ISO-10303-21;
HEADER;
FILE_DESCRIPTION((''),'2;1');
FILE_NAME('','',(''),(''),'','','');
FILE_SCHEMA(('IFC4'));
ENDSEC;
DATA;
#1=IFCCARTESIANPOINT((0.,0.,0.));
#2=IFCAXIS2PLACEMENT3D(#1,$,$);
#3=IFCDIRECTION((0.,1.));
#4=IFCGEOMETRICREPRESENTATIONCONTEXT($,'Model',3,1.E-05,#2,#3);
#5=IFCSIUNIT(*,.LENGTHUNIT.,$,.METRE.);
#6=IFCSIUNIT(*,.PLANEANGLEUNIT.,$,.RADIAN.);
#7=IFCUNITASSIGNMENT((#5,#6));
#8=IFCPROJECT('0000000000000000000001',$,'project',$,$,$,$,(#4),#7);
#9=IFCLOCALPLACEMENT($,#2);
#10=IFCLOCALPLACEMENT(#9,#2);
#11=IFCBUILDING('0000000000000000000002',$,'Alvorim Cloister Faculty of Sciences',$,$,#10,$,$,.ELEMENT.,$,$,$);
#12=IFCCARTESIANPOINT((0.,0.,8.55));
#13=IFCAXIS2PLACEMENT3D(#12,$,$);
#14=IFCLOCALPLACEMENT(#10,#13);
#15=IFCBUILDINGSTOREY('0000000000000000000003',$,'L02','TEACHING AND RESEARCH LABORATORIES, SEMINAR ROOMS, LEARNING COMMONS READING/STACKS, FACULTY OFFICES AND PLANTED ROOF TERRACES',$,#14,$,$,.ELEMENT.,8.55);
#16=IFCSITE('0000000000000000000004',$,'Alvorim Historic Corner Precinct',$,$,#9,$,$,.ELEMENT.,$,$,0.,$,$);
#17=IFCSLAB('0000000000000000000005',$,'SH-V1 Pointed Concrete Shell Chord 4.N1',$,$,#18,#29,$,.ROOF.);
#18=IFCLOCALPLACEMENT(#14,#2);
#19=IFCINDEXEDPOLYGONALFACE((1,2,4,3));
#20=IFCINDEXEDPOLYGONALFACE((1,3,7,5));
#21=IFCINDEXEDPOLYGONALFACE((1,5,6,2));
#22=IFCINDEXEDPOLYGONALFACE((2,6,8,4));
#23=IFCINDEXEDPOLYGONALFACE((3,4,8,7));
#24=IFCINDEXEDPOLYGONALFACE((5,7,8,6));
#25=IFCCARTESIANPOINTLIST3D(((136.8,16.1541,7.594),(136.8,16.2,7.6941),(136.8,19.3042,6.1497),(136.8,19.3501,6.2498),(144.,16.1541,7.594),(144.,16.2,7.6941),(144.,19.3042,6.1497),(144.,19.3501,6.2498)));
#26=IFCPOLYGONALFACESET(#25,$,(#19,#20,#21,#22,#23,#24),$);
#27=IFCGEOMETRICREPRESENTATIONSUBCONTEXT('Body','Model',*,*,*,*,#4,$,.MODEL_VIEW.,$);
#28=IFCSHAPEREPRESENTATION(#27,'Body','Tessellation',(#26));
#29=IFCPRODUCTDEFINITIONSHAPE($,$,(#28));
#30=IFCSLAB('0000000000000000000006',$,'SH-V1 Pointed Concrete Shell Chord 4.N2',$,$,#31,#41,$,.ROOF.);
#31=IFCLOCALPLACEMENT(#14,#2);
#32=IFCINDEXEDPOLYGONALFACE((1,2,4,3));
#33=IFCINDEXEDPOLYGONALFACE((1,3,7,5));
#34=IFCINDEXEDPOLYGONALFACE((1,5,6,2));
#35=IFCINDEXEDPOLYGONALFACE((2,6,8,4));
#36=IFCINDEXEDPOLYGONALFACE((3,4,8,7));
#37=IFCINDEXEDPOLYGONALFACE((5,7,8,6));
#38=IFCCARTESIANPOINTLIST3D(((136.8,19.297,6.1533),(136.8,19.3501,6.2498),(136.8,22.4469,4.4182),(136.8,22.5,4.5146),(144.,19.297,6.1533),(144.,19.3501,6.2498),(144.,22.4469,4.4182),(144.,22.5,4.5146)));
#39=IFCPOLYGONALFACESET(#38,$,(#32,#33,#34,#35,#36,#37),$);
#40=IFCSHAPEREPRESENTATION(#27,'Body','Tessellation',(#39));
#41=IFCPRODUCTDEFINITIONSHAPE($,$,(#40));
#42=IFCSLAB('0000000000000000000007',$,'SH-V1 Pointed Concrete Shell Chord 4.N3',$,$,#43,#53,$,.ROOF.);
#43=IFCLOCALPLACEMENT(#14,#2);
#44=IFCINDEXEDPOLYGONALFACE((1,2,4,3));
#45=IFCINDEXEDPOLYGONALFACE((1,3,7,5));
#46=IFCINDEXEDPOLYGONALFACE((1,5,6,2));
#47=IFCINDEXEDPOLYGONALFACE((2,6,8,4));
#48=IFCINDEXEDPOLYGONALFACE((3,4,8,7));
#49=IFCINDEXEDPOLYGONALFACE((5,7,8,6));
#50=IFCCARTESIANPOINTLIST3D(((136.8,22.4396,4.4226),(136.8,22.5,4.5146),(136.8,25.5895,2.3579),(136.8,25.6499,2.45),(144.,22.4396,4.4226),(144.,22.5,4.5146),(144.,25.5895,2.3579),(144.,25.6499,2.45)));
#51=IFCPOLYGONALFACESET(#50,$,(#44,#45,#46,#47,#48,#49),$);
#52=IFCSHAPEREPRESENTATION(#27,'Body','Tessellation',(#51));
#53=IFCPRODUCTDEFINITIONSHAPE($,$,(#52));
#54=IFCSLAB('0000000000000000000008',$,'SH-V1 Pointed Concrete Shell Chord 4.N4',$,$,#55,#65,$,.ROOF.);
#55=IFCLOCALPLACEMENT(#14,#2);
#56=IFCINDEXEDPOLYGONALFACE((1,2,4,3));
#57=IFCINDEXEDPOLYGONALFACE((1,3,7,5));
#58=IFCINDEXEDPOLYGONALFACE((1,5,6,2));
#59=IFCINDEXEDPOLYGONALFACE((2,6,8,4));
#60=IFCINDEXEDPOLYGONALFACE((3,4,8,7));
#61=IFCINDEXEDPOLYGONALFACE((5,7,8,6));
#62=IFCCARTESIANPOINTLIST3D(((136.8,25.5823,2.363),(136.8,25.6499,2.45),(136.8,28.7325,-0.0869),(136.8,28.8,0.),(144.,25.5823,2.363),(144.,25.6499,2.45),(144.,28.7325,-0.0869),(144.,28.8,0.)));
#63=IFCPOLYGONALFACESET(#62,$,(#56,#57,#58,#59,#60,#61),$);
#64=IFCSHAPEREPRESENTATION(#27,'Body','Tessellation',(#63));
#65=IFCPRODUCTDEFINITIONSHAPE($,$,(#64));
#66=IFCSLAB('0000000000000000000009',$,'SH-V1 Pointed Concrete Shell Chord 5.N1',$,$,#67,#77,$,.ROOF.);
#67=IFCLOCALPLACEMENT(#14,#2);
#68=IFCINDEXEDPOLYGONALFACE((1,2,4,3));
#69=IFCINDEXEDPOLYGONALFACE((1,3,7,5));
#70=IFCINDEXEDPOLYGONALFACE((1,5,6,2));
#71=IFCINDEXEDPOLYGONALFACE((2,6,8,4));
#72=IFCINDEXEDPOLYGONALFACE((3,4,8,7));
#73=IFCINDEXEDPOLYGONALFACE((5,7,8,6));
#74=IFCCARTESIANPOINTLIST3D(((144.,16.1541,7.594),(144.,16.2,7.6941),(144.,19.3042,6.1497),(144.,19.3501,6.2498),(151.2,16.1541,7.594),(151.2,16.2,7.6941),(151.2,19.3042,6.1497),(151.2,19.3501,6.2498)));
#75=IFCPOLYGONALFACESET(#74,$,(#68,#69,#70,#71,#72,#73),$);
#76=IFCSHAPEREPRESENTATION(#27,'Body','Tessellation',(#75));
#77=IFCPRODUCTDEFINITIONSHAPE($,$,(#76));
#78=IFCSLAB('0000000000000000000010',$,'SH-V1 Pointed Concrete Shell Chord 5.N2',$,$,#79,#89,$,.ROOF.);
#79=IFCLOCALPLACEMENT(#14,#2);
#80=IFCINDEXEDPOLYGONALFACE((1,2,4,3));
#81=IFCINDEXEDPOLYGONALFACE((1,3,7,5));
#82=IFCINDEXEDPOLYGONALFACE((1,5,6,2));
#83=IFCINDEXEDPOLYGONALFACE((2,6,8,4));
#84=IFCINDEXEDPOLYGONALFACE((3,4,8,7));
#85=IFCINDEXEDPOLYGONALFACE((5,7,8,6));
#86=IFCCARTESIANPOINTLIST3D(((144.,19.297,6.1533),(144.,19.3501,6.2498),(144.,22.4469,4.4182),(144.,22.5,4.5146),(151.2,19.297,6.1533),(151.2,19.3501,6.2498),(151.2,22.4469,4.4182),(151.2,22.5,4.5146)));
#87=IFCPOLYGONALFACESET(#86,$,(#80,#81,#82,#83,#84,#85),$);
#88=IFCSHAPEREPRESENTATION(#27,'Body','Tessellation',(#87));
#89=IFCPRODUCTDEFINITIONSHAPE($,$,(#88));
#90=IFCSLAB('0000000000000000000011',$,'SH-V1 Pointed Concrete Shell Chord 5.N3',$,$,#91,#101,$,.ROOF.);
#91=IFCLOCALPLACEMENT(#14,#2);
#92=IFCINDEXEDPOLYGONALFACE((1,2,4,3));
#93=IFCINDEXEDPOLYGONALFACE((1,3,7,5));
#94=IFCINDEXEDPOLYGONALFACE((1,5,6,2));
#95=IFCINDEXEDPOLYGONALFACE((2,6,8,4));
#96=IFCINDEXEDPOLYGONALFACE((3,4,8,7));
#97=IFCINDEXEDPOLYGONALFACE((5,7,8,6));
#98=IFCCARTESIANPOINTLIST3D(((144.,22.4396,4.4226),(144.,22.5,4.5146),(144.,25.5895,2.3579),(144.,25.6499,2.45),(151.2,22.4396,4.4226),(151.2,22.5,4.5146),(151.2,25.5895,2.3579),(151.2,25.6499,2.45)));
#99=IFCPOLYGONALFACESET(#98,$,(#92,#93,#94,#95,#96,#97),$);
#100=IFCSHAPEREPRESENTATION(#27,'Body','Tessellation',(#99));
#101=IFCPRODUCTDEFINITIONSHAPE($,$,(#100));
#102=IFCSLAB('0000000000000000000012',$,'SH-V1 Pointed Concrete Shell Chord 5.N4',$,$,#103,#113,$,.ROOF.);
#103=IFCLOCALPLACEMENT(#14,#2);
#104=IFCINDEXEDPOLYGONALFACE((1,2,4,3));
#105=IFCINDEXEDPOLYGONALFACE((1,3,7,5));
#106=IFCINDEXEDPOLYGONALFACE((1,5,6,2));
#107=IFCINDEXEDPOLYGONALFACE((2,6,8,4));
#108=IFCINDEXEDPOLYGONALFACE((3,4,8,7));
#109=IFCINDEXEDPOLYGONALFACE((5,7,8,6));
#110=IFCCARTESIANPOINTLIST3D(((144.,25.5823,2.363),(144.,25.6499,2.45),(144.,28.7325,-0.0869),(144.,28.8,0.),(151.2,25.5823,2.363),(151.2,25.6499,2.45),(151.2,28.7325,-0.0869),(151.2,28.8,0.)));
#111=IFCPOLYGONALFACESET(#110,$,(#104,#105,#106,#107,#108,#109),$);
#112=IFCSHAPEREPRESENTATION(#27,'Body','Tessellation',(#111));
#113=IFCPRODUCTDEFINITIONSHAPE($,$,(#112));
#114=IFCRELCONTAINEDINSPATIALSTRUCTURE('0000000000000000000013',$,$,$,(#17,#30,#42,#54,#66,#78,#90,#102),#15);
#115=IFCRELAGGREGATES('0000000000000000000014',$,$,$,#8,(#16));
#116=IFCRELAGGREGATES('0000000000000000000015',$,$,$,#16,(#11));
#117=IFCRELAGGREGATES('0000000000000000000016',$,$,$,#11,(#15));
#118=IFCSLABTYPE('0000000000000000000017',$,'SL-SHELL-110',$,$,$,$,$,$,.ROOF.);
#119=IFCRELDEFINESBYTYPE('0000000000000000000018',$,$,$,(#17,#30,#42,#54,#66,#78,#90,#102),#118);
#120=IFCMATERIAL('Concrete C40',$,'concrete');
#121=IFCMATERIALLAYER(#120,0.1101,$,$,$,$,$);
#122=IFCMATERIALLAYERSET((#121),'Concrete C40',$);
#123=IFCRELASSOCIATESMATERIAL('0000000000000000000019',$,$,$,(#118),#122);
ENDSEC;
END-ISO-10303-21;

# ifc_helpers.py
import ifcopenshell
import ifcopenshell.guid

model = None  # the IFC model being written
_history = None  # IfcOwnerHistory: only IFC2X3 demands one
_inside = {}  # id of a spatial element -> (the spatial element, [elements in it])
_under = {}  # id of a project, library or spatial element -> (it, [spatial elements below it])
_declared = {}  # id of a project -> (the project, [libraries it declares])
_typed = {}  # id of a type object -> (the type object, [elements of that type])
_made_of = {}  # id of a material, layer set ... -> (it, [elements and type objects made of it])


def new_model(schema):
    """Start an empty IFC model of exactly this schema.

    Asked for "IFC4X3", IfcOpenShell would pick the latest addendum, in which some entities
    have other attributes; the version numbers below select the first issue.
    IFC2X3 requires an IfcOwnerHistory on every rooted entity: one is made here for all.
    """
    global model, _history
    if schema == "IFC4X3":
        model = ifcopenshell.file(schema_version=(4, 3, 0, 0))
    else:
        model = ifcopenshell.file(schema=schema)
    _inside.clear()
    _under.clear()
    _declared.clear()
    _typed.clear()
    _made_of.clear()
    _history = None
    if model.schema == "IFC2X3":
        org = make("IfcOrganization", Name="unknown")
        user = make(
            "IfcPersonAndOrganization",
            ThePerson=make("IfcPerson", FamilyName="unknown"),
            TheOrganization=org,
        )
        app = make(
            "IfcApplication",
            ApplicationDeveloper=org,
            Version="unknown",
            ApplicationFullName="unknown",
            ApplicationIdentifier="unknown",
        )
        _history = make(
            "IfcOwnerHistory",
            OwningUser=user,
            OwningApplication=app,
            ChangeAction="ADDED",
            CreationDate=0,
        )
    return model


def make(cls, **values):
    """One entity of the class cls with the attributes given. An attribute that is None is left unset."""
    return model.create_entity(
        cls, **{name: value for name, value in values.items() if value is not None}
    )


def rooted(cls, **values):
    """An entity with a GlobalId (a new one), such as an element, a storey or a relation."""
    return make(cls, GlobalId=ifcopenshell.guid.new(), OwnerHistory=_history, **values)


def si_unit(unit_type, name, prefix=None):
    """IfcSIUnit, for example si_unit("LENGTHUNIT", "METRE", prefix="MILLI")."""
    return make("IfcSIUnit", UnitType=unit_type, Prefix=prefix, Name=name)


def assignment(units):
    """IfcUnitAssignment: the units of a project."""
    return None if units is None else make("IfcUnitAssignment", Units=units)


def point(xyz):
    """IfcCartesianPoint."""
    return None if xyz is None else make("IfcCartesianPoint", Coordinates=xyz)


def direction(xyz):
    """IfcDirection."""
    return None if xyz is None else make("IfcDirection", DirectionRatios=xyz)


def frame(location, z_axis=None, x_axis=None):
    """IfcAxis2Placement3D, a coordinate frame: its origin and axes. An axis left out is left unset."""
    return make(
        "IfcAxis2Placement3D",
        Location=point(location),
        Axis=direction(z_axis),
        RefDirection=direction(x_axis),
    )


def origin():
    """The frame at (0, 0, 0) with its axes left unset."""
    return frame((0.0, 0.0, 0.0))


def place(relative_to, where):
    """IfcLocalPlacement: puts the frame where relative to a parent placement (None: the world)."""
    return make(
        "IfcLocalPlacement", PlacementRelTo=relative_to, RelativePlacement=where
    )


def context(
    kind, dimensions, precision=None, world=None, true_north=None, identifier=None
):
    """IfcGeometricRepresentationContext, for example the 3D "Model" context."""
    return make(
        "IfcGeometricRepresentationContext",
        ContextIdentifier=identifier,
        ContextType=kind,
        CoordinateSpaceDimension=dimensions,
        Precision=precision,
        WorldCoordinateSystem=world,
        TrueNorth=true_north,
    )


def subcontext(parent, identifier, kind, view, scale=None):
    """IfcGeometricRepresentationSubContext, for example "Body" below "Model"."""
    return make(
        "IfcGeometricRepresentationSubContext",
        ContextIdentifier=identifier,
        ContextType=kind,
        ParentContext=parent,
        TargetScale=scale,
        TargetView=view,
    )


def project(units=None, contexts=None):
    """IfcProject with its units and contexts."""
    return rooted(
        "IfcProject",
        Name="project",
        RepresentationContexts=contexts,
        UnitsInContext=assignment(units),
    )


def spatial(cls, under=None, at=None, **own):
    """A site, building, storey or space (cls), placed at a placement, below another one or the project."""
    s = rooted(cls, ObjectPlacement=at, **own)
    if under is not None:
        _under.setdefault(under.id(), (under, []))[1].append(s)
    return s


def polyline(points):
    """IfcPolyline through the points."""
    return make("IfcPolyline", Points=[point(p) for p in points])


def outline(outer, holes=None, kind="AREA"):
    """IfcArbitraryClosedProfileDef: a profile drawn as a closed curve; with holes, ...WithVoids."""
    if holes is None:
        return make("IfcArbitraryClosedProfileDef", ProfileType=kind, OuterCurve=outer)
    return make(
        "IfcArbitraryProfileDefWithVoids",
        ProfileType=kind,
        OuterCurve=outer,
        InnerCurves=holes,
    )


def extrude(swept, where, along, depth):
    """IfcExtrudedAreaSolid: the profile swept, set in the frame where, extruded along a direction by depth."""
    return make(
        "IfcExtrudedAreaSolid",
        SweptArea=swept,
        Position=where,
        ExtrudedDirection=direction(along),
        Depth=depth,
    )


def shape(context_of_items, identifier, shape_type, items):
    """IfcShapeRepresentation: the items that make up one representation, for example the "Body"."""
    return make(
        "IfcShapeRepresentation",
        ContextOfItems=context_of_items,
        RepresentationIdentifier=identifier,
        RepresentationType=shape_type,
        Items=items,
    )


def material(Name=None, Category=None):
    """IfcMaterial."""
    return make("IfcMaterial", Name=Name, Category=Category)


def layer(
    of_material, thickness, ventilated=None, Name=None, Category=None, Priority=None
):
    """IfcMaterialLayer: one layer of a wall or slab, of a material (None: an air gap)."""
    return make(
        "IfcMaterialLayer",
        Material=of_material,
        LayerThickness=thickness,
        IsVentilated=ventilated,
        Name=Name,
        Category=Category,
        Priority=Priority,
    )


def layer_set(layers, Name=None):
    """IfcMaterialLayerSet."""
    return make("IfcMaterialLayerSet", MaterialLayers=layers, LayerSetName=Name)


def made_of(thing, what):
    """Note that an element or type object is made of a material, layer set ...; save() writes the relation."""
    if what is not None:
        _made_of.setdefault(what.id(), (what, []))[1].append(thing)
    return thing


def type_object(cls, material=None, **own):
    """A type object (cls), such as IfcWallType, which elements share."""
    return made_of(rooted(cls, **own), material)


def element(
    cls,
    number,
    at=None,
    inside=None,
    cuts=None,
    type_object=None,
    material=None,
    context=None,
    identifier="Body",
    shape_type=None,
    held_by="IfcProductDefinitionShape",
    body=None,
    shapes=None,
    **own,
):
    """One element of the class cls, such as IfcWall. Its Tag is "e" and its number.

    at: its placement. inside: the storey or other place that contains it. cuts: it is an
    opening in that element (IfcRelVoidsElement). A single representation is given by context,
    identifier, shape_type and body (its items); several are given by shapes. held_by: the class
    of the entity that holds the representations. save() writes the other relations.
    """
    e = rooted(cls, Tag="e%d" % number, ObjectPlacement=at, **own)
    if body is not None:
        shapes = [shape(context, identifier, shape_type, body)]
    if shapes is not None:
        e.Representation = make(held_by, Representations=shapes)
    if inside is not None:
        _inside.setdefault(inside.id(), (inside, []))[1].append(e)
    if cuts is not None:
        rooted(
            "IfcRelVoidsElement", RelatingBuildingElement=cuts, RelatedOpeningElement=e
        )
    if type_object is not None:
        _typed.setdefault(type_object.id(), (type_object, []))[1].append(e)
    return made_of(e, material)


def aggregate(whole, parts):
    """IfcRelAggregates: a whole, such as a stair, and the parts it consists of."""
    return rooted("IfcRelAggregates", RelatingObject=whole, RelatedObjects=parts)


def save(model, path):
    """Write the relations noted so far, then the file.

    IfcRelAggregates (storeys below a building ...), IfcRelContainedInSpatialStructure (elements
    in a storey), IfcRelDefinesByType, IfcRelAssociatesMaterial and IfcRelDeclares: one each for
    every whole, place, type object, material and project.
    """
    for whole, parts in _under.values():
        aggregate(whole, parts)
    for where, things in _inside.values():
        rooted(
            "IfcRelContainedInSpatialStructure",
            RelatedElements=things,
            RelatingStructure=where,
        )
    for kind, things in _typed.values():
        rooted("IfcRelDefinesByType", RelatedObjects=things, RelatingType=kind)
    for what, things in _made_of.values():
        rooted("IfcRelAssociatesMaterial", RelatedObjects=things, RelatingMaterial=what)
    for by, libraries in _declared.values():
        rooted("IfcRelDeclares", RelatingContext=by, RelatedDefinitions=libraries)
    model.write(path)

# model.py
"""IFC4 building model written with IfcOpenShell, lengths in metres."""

from ifc_helpers import new_model, si_unit, direction, frame, origin, place, context, subcontext, project, spatial, polyline, outline, extrude, material, layer, layer_set, type_object, element, save


model = new_model("IFC4")

# Units and contexts
model_context = context("Model", 3, precision=1e-05, world=origin(), true_north=direction((0.0, 1.0)))
body_context = subcontext(model_context, "Body", "Model", "MODEL_VIEW")
ifc_project = project(units=[si_unit("LENGTHUNIT", "METRE"), si_unit("PLANEANGLEUNIT", "RADIAN")], contexts=[model_context])

# Site, building, storey
site_placement = place(None, origin())
site = spatial("IfcSite", under=ifc_project, at=site_placement, Name="Alvorim Historic Corner Precinct", CompositionType="ELEMENT", RefElevation=0.0)
building_placement = place(site_placement, origin())
building = spatial("IfcBuilding", under=site, at=building_placement, Name="Alvorim Cloister Faculty of Sciences", CompositionType="ELEMENT")
storey_placement = place(building_placement, frame((0.0, 0.0, 8.55)))
storey = spatial("IfcBuildingStorey", under=building, at=storey_placement, Name="L02", Description="TEACHING AND RESEARCH LABORATORIES, SEMINAR ROOMS, LEARNING COMMONS READING/STACKS, FACULTY OFFICES AND PLANTED ROOF TERRACES", CompositionType="ELEMENT", Elevation=8.55)

# Shared definitions
ifc_material = material(Name="Concrete C40", Category="concrete")

# Slabs
ifc_layer = layer(ifc_material, 0.1101)
ifc_layer_set = layer_set([ifc_layer], Name="Concrete C40")
slab_type = type_object("IfcSlabType", Name="SL-SHELL-110", PredefinedType="ROOF", material=ifc_layer_set)
slab_1_placement = place(storey_placement, frame((136.8, 16.2, 7.6941), z_axis=(0.0, 0.416778, 0.909008), x_axis=(1.0, 0.0, 0.0)))
element("IfcSlab", 1, at=slab_1_placement, inside=storey, type_object=slab_type, Name="SH-V1 Pointed Concrete Shell Chord 4.N1", PredefinedType="ROOF", context=body_context, shape_type="SweptSolid", body=[
    extrude(outline(polyline([(0.0, 0.0), (7.2, 0.0), (7.2, 3.4655), (0.0, 3.4655), (0.0, 0.0)])), origin(), (0.0, 0.0, -1.0), 0.1101),
])
slab_2_placement = place(storey_placement, frame((136.8, 19.3501, 6.2498), z_axis=(0.0, 0.482487, 0.875903), x_axis=(1.0, 0.0, 0.0)))
element("IfcSlab", 2, at=slab_2_placement, inside=storey, type_object=slab_type, Name="SH-V1 Pointed Concrete Shell Chord 4.N2", PredefinedType="ROOF", context=body_context, shape_type="SweptSolid", body=[
    extrude(outline(polyline([(0.0, 0.0), (7.2, 0.0), (7.2, 3.5962), (0.0, 3.5962), (0.0, 0.0)])), origin(), (0.0, 0.0, -1.0), 0.1101),
])
slab_3_placement = place(storey_placement, frame((136.8, 22.5, 4.5146), z_axis=(0.0, 0.548206, 0.836343), x_axis=(1.0, 0.0, 0.0)))
element("IfcSlab", 3, at=slab_3_placement, inside=storey, type_object=slab_type, Name="SH-V1 Pointed Concrete Shell Chord 4.N3", PredefinedType="ROOF", context=body_context, shape_type="SweptSolid", body=[
    extrude(outline(polyline([(0.0, 0.0), (7.2, 0.0), (7.2, 3.7663), (0.0, 3.7663), (0.0, 0.0)])), origin(), (0.0, 0.0, -1.0), 0.1101),
])
slab_4_placement = place(storey_placement, frame((136.8, 25.6499, 2.45), z_axis=(0.0, 0.613915, 0.789372), x_axis=(1.0, 0.0, 0.0)))
element("IfcSlab", 4, at=slab_4_placement, inside=storey, type_object=slab_type, Name="SH-V1 Pointed Concrete Shell Chord 4.N4", PredefinedType="ROOF", context=body_context, shape_type="SweptSolid", body=[
    extrude(outline(polyline([(0.0, 0.0), (7.2, 0.0), (7.2, 3.9907), (0.0, 3.9907), (0.0, 0.0)])), origin(), (0.0, 0.0, -1.0), 0.1101),
])
slab_5_placement = place(storey_placement, frame((144.0, 16.2, 7.6941), z_axis=(0.0, 0.416778, 0.909008), x_axis=(1.0, 0.0, 0.0)))
element("IfcSlab", 5, at=slab_5_placement, inside=storey, type_object=slab_type, Name="SH-V1 Pointed Concrete Shell Chord 5.N1", PredefinedType="ROOF", context=body_context, shape_type="SweptSolid", body=[
    extrude(outline(polyline([(0.0, 0.0), (7.2, 0.0), (7.2, 3.4655), (0.0, 3.4655), (0.0, 0.0)])), origin(), (0.0, 0.0, -1.0), 0.1101),
])
slab_6_placement = place(storey_placement, frame((144.0, 19.3501, 6.2498), z_axis=(0.0, 0.482487, 0.875903), x_axis=(1.0, 0.0, 0.0)))
element("IfcSlab", 6, at=slab_6_placement, inside=storey, type_object=slab_type, Name="SH-V1 Pointed Concrete Shell Chord 5.N2", PredefinedType="ROOF", context=body_context, shape_type="SweptSolid", body=[
    extrude(outline(polyline([(0.0, 0.0), (7.2, 0.0), (7.2, 3.5962), (0.0, 3.5962), (0.0, 0.0)])), origin(), (0.0, 0.0, -1.0), 0.1101),
])
slab_7_placement = place(storey_placement, frame((144.0, 22.5, 4.5146), z_axis=(0.0, 0.548206, 0.836343), x_axis=(1.0, 0.0, 0.0)))
element("IfcSlab", 7, at=slab_7_placement, inside=storey, type_object=slab_type, Name="SH-V1 Pointed Concrete Shell Chord 5.N3", PredefinedType="ROOF", context=body_context, shape_type="SweptSolid", body=[
    extrude(outline(polyline([(0.0, 0.0), (7.2, 0.0), (7.2, 3.7663), (0.0, 3.7663), (0.0, 0.0)])), origin(), (0.0, 0.0, -1.0), 0.1101),
])
slab_8_placement = place(storey_placement, frame((144.0, 25.6499, 2.45), z_axis=(0.0, 0.613915, 0.789372), x_axis=(1.0, 0.0, 0.0)))
element("IfcSlab", 8, at=slab_8_placement, inside=storey, type_object=slab_type, Name="SH-V1 Pointed Concrete Shell Chord 5.N4", PredefinedType="ROOF", context=body_context, shape_type="SweptSolid", body=[
    extrude(outline(polyline([(0.0, 0.0), (7.2, 0.0), (7.2, 3.9907), (0.0, 3.9907), (0.0, 0.0)])), origin(), (0.0, 0.0, -1.0), 0.1101),
])

save(model, "model.ifc")
